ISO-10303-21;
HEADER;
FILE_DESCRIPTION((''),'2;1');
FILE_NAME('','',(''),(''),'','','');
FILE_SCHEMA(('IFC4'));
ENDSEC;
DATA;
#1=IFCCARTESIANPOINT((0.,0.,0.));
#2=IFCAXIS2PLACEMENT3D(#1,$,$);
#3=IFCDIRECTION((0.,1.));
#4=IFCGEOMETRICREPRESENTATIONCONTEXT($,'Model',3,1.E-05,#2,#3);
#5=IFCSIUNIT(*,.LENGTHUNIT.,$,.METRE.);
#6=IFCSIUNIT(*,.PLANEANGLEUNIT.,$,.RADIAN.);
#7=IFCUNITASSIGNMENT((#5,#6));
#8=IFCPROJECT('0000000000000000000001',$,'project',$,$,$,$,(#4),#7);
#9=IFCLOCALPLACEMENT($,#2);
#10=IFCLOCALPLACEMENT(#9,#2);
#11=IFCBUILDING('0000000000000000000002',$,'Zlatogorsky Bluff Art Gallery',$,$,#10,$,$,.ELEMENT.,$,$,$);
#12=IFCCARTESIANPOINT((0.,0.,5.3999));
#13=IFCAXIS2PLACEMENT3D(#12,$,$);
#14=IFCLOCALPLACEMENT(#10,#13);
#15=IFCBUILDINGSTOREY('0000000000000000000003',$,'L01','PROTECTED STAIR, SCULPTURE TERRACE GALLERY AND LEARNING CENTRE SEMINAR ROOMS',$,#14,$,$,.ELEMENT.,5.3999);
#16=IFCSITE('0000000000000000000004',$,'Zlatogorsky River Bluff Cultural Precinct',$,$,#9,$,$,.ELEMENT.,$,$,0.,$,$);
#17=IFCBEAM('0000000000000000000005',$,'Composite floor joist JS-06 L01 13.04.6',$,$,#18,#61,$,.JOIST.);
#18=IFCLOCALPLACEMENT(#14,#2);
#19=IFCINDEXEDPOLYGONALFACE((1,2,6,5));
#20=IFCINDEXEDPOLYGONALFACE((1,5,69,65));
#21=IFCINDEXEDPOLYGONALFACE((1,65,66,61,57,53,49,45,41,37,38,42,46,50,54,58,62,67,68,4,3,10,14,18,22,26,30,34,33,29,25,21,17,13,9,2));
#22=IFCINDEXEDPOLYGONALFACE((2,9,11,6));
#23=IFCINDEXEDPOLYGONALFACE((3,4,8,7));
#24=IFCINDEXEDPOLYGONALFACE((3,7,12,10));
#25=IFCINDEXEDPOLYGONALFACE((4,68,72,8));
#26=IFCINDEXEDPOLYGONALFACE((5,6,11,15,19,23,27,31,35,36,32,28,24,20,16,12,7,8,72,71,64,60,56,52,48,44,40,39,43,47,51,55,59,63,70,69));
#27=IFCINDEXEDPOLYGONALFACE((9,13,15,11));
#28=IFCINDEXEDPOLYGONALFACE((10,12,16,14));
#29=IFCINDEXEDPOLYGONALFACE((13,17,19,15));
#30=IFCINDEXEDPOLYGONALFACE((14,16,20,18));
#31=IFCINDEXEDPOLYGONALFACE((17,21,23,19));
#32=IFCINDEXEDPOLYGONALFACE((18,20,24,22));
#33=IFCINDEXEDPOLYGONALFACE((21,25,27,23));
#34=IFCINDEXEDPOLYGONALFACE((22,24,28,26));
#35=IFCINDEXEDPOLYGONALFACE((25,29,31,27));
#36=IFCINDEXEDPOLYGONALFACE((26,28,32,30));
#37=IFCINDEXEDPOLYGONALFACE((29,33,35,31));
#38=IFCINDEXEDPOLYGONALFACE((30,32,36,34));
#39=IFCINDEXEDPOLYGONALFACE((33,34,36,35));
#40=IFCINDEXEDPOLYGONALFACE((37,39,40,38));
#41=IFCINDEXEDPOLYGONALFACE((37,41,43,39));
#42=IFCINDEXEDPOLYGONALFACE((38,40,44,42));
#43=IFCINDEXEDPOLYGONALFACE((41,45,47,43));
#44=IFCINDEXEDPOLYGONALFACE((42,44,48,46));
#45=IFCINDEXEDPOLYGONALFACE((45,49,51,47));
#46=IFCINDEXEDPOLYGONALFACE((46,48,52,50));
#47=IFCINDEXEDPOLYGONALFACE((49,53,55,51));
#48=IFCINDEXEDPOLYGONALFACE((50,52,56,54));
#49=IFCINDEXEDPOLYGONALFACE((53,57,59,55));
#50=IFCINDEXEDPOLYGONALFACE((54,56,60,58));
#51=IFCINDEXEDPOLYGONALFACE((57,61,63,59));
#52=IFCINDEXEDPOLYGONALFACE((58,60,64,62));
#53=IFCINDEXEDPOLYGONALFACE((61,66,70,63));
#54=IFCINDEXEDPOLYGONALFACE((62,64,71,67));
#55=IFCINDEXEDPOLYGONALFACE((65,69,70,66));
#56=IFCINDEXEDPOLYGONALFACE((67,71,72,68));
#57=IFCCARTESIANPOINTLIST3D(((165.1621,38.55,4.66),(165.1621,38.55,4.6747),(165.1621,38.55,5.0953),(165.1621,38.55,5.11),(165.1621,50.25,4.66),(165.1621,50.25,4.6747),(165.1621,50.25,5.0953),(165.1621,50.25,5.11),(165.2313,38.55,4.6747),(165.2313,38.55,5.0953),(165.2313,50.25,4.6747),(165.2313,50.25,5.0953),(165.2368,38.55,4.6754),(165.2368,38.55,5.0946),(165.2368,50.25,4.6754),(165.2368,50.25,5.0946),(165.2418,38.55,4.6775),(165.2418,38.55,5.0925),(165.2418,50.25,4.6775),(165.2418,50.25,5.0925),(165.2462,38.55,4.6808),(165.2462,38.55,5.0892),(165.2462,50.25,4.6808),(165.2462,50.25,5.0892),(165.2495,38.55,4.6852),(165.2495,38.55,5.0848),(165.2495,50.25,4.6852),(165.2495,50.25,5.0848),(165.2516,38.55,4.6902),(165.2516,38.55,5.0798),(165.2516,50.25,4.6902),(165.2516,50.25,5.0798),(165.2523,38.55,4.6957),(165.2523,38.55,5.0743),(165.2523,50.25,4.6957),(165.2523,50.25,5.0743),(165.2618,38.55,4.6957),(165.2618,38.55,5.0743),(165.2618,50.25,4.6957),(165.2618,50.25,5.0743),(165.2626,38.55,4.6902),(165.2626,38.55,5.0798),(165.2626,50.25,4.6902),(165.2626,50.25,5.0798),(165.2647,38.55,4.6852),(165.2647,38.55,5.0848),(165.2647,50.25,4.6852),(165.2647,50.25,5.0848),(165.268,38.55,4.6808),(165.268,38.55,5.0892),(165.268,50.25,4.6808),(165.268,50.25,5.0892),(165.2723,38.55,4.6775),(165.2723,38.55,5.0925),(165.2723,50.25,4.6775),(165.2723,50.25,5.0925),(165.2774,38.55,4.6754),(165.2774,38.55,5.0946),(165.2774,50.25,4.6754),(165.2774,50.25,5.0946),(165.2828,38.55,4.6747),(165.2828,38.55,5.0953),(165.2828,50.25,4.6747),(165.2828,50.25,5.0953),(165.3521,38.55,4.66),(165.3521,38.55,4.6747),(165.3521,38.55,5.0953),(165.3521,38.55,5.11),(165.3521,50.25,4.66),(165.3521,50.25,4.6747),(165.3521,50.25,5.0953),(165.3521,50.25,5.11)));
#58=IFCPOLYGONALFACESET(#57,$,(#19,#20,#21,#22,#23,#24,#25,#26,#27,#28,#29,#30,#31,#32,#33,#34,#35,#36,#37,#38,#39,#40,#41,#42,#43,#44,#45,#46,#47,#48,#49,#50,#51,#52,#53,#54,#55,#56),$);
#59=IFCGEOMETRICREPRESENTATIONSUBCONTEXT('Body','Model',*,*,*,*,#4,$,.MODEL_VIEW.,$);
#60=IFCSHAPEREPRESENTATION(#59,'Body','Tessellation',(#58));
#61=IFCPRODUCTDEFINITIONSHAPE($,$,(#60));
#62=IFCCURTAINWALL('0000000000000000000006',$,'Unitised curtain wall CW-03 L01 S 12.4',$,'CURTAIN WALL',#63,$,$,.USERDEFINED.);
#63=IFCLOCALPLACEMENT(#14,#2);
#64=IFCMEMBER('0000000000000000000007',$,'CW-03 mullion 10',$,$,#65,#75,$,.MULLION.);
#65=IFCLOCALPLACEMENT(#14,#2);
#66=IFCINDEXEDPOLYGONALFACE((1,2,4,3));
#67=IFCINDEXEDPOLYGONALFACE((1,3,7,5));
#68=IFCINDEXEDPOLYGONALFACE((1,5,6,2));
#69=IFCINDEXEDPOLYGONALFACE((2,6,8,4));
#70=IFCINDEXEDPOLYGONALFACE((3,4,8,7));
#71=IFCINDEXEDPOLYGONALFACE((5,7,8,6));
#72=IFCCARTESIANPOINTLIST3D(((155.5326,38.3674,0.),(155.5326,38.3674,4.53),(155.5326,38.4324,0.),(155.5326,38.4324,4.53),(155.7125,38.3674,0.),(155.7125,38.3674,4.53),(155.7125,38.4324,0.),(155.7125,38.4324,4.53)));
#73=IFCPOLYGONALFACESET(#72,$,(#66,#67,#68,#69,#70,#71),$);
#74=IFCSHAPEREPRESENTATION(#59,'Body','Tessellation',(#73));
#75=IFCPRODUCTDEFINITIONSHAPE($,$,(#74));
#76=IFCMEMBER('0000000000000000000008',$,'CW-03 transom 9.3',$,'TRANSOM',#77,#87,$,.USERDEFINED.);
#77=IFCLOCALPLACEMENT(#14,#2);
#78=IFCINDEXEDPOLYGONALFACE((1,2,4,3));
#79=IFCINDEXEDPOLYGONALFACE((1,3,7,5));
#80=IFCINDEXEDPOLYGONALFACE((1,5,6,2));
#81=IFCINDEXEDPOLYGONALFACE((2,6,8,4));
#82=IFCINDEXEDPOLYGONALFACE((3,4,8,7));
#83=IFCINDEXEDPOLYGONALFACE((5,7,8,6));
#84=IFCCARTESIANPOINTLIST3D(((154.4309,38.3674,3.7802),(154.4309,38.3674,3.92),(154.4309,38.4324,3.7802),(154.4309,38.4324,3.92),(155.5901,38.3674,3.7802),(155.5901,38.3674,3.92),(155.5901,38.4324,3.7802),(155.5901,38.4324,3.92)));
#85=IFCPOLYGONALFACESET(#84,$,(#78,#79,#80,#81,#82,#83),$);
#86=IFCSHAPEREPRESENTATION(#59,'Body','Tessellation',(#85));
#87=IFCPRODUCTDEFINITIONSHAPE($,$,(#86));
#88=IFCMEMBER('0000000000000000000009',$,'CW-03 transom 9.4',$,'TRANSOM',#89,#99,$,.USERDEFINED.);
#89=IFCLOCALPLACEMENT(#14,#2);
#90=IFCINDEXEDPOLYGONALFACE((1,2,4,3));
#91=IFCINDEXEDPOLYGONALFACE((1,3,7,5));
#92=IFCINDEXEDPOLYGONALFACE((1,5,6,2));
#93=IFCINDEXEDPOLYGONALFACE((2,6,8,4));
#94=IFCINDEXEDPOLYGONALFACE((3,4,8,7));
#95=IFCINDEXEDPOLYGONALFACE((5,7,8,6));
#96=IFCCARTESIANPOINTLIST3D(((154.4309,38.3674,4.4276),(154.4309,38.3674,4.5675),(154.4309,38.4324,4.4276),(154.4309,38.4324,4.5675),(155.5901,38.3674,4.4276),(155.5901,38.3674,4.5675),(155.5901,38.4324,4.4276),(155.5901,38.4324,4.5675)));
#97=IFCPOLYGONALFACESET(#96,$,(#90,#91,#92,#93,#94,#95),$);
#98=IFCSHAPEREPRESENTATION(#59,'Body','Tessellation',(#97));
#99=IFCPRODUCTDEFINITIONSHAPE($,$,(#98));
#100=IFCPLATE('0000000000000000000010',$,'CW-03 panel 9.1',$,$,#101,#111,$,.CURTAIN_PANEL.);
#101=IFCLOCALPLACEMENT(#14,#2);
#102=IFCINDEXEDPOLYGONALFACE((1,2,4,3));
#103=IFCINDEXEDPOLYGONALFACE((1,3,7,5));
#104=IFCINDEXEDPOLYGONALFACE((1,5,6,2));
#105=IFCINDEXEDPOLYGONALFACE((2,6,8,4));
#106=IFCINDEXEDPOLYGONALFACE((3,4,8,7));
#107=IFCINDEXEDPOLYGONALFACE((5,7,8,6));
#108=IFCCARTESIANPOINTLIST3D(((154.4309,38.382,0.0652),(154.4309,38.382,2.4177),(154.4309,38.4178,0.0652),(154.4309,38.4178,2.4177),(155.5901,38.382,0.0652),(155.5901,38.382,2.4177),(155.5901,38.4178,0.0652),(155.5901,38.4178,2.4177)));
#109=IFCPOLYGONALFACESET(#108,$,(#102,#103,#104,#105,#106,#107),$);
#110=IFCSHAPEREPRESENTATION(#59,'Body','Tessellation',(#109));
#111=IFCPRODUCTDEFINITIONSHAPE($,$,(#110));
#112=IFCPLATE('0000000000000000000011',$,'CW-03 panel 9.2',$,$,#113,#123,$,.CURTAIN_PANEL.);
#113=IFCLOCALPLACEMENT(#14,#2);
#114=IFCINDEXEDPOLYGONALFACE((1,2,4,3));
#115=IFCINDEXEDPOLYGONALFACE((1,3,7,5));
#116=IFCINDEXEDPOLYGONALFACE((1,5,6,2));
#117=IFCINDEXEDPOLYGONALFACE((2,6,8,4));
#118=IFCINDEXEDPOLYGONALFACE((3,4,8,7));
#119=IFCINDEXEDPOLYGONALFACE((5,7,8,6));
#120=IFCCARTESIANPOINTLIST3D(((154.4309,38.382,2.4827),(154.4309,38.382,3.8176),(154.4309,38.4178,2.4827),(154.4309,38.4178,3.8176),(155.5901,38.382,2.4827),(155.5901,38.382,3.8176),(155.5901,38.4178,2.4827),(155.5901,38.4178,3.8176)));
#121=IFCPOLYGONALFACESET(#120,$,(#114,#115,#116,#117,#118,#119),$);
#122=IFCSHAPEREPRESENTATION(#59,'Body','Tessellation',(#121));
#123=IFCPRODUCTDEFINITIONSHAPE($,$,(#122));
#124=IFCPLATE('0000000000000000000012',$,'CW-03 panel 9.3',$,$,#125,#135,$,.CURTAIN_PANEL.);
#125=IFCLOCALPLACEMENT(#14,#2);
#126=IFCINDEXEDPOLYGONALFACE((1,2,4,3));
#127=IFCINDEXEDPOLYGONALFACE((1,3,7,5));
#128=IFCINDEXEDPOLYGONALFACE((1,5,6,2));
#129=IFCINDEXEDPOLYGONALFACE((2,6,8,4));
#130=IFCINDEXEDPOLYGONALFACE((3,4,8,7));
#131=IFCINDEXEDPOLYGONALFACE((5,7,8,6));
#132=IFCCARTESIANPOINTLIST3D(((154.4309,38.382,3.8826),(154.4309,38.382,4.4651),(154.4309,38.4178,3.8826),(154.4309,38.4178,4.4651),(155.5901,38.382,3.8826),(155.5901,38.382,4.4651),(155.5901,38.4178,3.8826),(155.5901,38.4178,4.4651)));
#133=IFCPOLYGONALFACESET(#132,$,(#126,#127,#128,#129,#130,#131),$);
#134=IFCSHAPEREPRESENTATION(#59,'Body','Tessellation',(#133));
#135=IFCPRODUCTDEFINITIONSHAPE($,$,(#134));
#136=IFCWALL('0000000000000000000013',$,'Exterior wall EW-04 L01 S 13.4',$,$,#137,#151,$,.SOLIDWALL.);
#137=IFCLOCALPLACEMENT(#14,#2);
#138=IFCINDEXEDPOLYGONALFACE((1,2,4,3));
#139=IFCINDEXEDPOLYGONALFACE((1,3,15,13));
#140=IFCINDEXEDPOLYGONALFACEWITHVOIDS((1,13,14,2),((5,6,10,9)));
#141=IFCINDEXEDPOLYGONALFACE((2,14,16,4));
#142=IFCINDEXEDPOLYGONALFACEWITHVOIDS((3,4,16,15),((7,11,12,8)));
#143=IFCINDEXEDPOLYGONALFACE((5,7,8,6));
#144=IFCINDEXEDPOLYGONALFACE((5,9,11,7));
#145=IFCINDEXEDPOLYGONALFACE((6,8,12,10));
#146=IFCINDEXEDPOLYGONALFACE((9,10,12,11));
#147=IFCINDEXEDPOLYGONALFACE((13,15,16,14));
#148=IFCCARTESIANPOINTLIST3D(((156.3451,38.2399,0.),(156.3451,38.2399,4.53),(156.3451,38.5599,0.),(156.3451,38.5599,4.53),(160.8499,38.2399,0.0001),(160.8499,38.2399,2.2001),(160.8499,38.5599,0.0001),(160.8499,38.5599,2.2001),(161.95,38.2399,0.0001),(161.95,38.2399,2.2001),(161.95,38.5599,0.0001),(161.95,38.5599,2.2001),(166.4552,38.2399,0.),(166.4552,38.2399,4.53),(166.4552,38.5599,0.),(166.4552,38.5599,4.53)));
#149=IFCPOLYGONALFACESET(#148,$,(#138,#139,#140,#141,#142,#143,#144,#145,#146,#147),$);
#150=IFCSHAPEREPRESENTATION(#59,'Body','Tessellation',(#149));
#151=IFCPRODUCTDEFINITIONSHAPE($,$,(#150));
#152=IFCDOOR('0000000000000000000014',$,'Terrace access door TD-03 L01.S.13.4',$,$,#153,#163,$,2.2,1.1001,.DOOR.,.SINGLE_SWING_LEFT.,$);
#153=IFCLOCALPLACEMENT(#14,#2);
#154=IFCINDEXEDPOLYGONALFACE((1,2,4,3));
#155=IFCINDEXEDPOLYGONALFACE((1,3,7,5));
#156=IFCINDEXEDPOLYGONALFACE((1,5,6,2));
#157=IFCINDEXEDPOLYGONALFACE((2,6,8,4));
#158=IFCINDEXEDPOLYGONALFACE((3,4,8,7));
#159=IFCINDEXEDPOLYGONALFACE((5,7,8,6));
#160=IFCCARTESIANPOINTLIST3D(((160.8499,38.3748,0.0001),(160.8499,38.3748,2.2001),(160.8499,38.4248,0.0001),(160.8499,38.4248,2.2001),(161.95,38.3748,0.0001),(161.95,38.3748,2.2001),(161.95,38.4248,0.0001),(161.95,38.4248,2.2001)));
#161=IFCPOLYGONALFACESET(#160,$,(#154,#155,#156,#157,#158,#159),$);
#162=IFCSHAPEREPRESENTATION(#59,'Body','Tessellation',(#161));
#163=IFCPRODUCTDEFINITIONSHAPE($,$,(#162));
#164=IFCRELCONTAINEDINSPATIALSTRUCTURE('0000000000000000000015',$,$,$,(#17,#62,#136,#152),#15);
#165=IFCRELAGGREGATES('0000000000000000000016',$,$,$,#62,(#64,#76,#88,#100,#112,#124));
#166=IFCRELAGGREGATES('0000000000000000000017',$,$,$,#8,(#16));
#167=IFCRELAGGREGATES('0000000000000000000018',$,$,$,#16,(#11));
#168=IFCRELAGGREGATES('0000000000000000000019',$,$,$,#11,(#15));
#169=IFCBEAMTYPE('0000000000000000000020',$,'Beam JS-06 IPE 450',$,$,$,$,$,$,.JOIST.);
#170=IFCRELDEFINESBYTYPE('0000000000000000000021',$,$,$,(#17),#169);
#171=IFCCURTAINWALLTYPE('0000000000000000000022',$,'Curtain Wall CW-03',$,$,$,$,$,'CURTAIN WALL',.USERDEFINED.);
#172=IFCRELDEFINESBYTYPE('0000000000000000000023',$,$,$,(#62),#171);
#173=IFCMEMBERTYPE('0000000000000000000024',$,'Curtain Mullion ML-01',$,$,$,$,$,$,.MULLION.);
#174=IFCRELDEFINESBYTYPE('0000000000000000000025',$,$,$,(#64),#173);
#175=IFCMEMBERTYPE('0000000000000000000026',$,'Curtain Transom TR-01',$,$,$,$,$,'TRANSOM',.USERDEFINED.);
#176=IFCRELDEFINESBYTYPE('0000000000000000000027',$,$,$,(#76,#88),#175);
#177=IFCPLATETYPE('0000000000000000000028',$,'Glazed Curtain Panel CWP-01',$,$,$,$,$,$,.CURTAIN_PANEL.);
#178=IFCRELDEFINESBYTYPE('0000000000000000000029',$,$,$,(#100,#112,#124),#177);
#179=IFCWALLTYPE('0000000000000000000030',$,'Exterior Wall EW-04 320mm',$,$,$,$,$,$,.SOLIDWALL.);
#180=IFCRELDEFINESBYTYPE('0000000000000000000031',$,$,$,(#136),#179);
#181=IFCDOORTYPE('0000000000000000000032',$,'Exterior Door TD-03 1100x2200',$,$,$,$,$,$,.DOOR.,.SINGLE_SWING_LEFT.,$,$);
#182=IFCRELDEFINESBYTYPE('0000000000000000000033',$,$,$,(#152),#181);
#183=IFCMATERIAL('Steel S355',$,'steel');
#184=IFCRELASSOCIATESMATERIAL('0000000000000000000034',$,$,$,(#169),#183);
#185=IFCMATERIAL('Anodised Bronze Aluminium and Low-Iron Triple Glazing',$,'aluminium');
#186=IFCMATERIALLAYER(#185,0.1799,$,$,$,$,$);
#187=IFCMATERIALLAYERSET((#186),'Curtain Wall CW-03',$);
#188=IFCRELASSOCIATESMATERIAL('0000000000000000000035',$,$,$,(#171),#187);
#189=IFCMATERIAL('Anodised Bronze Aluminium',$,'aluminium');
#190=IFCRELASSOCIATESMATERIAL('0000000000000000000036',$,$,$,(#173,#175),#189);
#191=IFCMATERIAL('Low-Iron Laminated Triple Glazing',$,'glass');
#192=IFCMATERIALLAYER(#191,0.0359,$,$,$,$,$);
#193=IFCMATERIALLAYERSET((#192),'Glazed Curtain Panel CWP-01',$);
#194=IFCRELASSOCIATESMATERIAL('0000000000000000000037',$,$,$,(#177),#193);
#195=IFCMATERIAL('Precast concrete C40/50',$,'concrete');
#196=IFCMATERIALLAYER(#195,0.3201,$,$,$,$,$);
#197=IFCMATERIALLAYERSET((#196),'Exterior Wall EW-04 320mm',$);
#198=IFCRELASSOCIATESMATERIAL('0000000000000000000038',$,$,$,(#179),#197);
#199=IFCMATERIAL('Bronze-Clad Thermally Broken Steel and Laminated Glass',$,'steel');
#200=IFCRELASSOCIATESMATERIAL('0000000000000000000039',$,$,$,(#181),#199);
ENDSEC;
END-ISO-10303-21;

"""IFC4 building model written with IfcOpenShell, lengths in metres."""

from ifc_helpers import new_model, si_unit, direction, frame, frame_2d, origin, origin_2d, place, context, subcontext, project, spatial, rectangle, i_section, extrude, material, layer, layer_set, material_profile, profile_set, type_object, element, fill, aggregate, save


model = new_model("IFC4")

# Units and contexts
model_context = context("Model", 3, precision=1e-05, world=origin(), true_north=direction((0.0, 1.0)))
body_context = subcontext(model_context, "Body", "Model", "MODEL_VIEW")
ifc_project = project(units=[si_unit("LENGTHUNIT", "METRE"), si_unit("PLANEANGLEUNIT", "RADIAN")], contexts=[model_context])

# Site, building, storey
site_placement = place(None, origin())
site = spatial("IfcSite", under=ifc_project, at=site_placement, Name="Zlatogorsky River Bluff Cultural Precinct", CompositionType="ELEMENT", RefElevation=0.0)
building_placement = place(site_placement, origin())
building = spatial("IfcBuilding", under=site, at=building_placement, Name="Zlatogorsky Bluff Art Gallery", CompositionType="ELEMENT")
storey_placement = place(building_placement, frame((0.0, 0.0, 5.3999)))
storey = spatial("IfcBuildingStorey", under=building, at=storey_placement, Name="L01", Description="PROTECTED STAIR, SCULPTURE TERRACE GALLERY AND LEARNING CENTRE SEMINAR ROOMS", CompositionType="ELEMENT", Elevation=5.3999)

# Beam
ifc_material_1 = material(Name="Steel S355", Category="steel")
ifc_material_profile_1 = material_profile(ifc_material_1, i_section(OverallWidth=0.1899, OverallDepth=0.45, WebThickness=0.0095, FlangeThickness=0.0146, FilletRadius=0.021, at=origin_2d()), Name="IPE 450")
ifc_profile_set_1 = profile_set([ifc_material_profile_1], Name="Steel S355")
beam_type_1 = type_object("IfcBeamType", Name="Beam JS-06 IPE 450", PredefinedType="JOIST", material=ifc_profile_set_1)
for number, where, z_axis, x_axis, name in (
    (1, (165.2571, 38.55, 4.885), (0.0, 1.0, 0.0), (-1.0, 0.0, 0.0), "Composite floor joist JS-06 L01 13.04.6"),
):
    element("IfcBeam", number, at=place(storey_placement, frame(where, z_axis=z_axis, x_axis=x_axis)), inside=storey, type_object=beam_type_1, Name=name, PredefinedType="JOIST", context=body_context, shape_type="SweptSolid", body=[
        extrude(i_section(OverallWidth=0.1899, OverallDepth=0.45, WebThickness=0.0095, FlangeThickness=0.0146, FilletRadius=0.021, at=origin_2d()), origin(), (0.0, 0.0, 1.0), 11.7),
    ])

# Curtain wall, members, plates
ifc_material_2 = material(Name="Anodised Bronze Aluminium and Low-Iron Triple Glazing", Category="aluminium")
ifc_layer_1 = layer(ifc_material_2, 0.1799)
ifc_layer_set_1 = layer_set([ifc_layer_1], Name="Curtain Wall CW-03")
curtain_wall_type = type_object("IfcCurtainWallType", Name="Curtain Wall CW-03", ElementType="CURTAIN WALL", PredefinedType="USERDEFINED", material=ifc_layer_set_1)
curtain_wall_placement = place(storey_placement, origin())
curtain_wall = element("IfcCurtainWall", 2, at=curtain_wall_placement, inside=storey, type_object=curtain_wall_type, Name="Unitised curtain wall CW-03 L01 S 12.4", ObjectType="CURTAIN WALL", PredefinedType="USERDEFINED")
ifc_material_3 = material(Name="Anodised Bronze Aluminium", Category="aluminium")
ifc_material_profile_2 = material_profile(ifc_material_3, rectangle(XDim=0.0649, YDim=0.1799, at=origin_2d()), Name="ALU MULLION 65x180")
ifc_profile_set_2 = profile_set([ifc_material_profile_2], Name="Anodised Bronze Aluminium")
member_type_1 = type_object("IfcMemberType", Name="Curtain Mullion ML-01", PredefinedType="MULLION", material=ifc_profile_set_2)
member_1_placement = place(storey_placement, frame((155.6226, 38.3999, 0.0), z_axis=(0.0, 0.0, 1.0), x_axis=(0.0, 1.0, 0.0)))
member_1 = element("IfcMember", 3, at=member_1_placement, type_object=member_type_1, Name="CW-03 mullion 10", PredefinedType="MULLION", context=body_context, shape_type="SweptSolid", body=[
    extrude(rectangle(XDim=0.0649, YDim=0.1799, at=origin_2d()), origin(), (0.0, 0.0, 1.0), 4.53),
])
ifc_material_profile_3 = material_profile(ifc_material_3, rectangle(XDim=0.0649, YDim=0.1399, at=origin_2d()), Name="ALU TRANSOM 65x140")
ifc_profile_set_3 = profile_set([ifc_material_profile_3], Name="Anodised Bronze Aluminium")
member_type_2 = type_object("IfcMemberType", Name="Curtain Transom TR-01", ElementType="TRANSOM", PredefinedType="USERDEFINED", material=ifc_profile_set_3)
member_2_placement = place(storey_placement, frame((154.4309, 38.3999, 3.8501), z_axis=(1.0, 0.0, 0.0), x_axis=(0.0, 1.0, 0.0)))
member_2 = element("IfcMember", 4, at=member_2_placement, type_object=member_type_2, Name="CW-03 transom 9.3", ObjectType="TRANSOM", PredefinedType="USERDEFINED", context=body_context, shape_type="SweptSolid", body=[
    extrude(rectangle(XDim=0.0649, YDim=0.1399, at=origin_2d()), origin(), (0.0, 0.0, 1.0), 1.1592),
])
member_3_placement = place(storey_placement, frame((154.4309, 38.3999, 4.4976), z_axis=(1.0, 0.0, 0.0), x_axis=(0.0, 1.0, 0.0)))
member_3 = element("IfcMember", 5, at=member_3_placement, type_object=member_type_2, Name="CW-03 transom 9.4", ObjectType="TRANSOM", PredefinedType="USERDEFINED", context=body_context, shape_type="SweptSolid", body=[
    extrude(rectangle(XDim=0.0649, YDim=0.1399, at=origin_2d()), origin(), (0.0, 0.0, 1.0), 1.1592),
])
ifc_material_4 = material(Name="Low-Iron Laminated Triple Glazing", Category="glass")
ifc_layer_2 = layer(ifc_material_4, 0.0359)
ifc_layer_set_2 = layer_set([ifc_layer_2], Name="Glazed Curtain Panel CWP-01")
plate_type = type_object("IfcPlateType", Name="Glazed Curtain Panel CWP-01", PredefinedType="CURTAIN_PANEL", material=ifc_layer_set_2)
plate_1_placement = place(storey_placement, frame((155.0105, 38.3999, 0.0652), z_axis=(0.0, 0.0, 1.0), x_axis=(1.0, 0.0, 0.0)))
plate_1 = element("IfcPlate", 6, at=plate_1_placement, type_object=plate_type, Name="CW-03 panel 9.1", PredefinedType="CURTAIN_PANEL", context=body_context, shape_type="SweptSolid", body=[
    extrude(rectangle(XDim=1.1592, YDim=0.0359, at=origin_2d()), origin(), (0.0, 0.0, 1.0), 2.3525),
])
plate_2_placement = place(storey_placement, frame((155.0105, 38.3999, 2.4827), z_axis=(0.0, 0.0, 1.0), x_axis=(1.0, 0.0, 0.0)))
plate_2 = element("IfcPlate", 7, at=plate_2_placement, type_object=plate_type, Name="CW-03 panel 9.2", PredefinedType="CURTAIN_PANEL", context=body_context, shape_type="SweptSolid", body=[
    extrude(rectangle(XDim=1.1592, YDim=0.0359, at=origin_2d()), origin(), (0.0, 0.0, 1.0), 1.335),
])
plate_3_placement = place(storey_placement, frame((155.0105, 38.3999, 3.8826), z_axis=(0.0, 0.0, 1.0), x_axis=(1.0, 0.0, 0.0)))
plate_3 = element("IfcPlate", 8, at=plate_3_placement, type_object=plate_type, Name="CW-03 panel 9.3", PredefinedType="CURTAIN_PANEL", context=body_context, shape_type="SweptSolid", body=[
    extrude(rectangle(XDim=1.1592, YDim=0.0359, at=origin_2d()), origin(), (0.0, 0.0, 1.0), 0.5825),
])
aggregate(curtain_wall, [member_1, member_2, member_3, plate_1, plate_2, plate_3])

# Wall, opening, door
ifc_material_5 = material(Name="Precast concrete C40/50", Category="concrete")
ifc_layer_3 = layer(ifc_material_5, 0.3201)
ifc_layer_set_3 = layer_set([ifc_layer_3], Name="Exterior Wall EW-04 320mm")
wall_type_1 = type_object("IfcWallType", Name="Exterior Wall EW-04 320mm", PredefinedType="SOLIDWALL", material=ifc_layer_set_3)
wall_1_placement = place(storey_placement, frame((156.345, 38.3999, 0.0), z_axis=(0.0, 0.0, 1.0), x_axis=(1.0, 0.0, 0.0)))
wall_1 = element("IfcWall", 9, at=wall_1_placement, inside=storey, type_object=wall_type_1, Name="Exterior wall EW-04 L01 S 13.4", PredefinedType="SOLIDWALL", context=body_context, shape_type="SweptSolid", body=[
    extrude(rectangle(XDim=10.1101, YDim=0.3201, at=frame_2d((5.0552, 0.0))), origin(), (0.0, 0.0, 1.0), 4.53),
])
opening_1_placement = place(wall_1_placement, frame((4.5049, 0.0, 0.0)))
opening_1 = element("IfcOpeningElement", 10, at=opening_1_placement, cuts=wall_1, PredefinedType="OPENING", context=body_context, shape_type="SweptSolid", body=[
    extrude(rectangle(XDim=1.1001, YDim=2.2, at=frame_2d((0.55, 1.1001))), frame((0.0, 0.1699, 0.0), z_axis=(0.0, -1.0, 0.0), x_axis=(1.0, 0.0, 0.0)), (0.0, 0.0, 1.0), 0.3401),
])
ifc_material_6 = material(Name="Bronze-Clad Thermally Broken Steel and Laminated Glass", Category="steel")
door_type_1 = type_object("IfcDoorType", Name="Exterior Door TD-03 1100x2200", OperationType="SINGLE_SWING_LEFT", PredefinedType="DOOR", material=ifc_material_6)
door_1_placement = place(opening_1_placement, origin())
door_1 = element("IfcDoor", 11, at=door_1_placement, inside=storey, type_object=door_type_1, Name="Terrace access door TD-03 L01.S.13.4", OperationType="SINGLE_SWING_LEFT", OverallHeight=2.2, OverallWidth=1.1001, PredefinedType="DOOR", context=body_context, shape_type="SweptSolid", body=[
    extrude(rectangle(XDim=1.1001, YDim=2.2, at=frame_2d((0.55, 1.1001))), frame((0.0, 0.0249, 0.0), z_axis=(0.0, -1.0, 0.0), x_axis=(1.0, 0.0, 0.0)), (0.0, 0.0, 1.0), 0.05),
])
fill(opening_1, door_1)

save(model, "model.ifc")
